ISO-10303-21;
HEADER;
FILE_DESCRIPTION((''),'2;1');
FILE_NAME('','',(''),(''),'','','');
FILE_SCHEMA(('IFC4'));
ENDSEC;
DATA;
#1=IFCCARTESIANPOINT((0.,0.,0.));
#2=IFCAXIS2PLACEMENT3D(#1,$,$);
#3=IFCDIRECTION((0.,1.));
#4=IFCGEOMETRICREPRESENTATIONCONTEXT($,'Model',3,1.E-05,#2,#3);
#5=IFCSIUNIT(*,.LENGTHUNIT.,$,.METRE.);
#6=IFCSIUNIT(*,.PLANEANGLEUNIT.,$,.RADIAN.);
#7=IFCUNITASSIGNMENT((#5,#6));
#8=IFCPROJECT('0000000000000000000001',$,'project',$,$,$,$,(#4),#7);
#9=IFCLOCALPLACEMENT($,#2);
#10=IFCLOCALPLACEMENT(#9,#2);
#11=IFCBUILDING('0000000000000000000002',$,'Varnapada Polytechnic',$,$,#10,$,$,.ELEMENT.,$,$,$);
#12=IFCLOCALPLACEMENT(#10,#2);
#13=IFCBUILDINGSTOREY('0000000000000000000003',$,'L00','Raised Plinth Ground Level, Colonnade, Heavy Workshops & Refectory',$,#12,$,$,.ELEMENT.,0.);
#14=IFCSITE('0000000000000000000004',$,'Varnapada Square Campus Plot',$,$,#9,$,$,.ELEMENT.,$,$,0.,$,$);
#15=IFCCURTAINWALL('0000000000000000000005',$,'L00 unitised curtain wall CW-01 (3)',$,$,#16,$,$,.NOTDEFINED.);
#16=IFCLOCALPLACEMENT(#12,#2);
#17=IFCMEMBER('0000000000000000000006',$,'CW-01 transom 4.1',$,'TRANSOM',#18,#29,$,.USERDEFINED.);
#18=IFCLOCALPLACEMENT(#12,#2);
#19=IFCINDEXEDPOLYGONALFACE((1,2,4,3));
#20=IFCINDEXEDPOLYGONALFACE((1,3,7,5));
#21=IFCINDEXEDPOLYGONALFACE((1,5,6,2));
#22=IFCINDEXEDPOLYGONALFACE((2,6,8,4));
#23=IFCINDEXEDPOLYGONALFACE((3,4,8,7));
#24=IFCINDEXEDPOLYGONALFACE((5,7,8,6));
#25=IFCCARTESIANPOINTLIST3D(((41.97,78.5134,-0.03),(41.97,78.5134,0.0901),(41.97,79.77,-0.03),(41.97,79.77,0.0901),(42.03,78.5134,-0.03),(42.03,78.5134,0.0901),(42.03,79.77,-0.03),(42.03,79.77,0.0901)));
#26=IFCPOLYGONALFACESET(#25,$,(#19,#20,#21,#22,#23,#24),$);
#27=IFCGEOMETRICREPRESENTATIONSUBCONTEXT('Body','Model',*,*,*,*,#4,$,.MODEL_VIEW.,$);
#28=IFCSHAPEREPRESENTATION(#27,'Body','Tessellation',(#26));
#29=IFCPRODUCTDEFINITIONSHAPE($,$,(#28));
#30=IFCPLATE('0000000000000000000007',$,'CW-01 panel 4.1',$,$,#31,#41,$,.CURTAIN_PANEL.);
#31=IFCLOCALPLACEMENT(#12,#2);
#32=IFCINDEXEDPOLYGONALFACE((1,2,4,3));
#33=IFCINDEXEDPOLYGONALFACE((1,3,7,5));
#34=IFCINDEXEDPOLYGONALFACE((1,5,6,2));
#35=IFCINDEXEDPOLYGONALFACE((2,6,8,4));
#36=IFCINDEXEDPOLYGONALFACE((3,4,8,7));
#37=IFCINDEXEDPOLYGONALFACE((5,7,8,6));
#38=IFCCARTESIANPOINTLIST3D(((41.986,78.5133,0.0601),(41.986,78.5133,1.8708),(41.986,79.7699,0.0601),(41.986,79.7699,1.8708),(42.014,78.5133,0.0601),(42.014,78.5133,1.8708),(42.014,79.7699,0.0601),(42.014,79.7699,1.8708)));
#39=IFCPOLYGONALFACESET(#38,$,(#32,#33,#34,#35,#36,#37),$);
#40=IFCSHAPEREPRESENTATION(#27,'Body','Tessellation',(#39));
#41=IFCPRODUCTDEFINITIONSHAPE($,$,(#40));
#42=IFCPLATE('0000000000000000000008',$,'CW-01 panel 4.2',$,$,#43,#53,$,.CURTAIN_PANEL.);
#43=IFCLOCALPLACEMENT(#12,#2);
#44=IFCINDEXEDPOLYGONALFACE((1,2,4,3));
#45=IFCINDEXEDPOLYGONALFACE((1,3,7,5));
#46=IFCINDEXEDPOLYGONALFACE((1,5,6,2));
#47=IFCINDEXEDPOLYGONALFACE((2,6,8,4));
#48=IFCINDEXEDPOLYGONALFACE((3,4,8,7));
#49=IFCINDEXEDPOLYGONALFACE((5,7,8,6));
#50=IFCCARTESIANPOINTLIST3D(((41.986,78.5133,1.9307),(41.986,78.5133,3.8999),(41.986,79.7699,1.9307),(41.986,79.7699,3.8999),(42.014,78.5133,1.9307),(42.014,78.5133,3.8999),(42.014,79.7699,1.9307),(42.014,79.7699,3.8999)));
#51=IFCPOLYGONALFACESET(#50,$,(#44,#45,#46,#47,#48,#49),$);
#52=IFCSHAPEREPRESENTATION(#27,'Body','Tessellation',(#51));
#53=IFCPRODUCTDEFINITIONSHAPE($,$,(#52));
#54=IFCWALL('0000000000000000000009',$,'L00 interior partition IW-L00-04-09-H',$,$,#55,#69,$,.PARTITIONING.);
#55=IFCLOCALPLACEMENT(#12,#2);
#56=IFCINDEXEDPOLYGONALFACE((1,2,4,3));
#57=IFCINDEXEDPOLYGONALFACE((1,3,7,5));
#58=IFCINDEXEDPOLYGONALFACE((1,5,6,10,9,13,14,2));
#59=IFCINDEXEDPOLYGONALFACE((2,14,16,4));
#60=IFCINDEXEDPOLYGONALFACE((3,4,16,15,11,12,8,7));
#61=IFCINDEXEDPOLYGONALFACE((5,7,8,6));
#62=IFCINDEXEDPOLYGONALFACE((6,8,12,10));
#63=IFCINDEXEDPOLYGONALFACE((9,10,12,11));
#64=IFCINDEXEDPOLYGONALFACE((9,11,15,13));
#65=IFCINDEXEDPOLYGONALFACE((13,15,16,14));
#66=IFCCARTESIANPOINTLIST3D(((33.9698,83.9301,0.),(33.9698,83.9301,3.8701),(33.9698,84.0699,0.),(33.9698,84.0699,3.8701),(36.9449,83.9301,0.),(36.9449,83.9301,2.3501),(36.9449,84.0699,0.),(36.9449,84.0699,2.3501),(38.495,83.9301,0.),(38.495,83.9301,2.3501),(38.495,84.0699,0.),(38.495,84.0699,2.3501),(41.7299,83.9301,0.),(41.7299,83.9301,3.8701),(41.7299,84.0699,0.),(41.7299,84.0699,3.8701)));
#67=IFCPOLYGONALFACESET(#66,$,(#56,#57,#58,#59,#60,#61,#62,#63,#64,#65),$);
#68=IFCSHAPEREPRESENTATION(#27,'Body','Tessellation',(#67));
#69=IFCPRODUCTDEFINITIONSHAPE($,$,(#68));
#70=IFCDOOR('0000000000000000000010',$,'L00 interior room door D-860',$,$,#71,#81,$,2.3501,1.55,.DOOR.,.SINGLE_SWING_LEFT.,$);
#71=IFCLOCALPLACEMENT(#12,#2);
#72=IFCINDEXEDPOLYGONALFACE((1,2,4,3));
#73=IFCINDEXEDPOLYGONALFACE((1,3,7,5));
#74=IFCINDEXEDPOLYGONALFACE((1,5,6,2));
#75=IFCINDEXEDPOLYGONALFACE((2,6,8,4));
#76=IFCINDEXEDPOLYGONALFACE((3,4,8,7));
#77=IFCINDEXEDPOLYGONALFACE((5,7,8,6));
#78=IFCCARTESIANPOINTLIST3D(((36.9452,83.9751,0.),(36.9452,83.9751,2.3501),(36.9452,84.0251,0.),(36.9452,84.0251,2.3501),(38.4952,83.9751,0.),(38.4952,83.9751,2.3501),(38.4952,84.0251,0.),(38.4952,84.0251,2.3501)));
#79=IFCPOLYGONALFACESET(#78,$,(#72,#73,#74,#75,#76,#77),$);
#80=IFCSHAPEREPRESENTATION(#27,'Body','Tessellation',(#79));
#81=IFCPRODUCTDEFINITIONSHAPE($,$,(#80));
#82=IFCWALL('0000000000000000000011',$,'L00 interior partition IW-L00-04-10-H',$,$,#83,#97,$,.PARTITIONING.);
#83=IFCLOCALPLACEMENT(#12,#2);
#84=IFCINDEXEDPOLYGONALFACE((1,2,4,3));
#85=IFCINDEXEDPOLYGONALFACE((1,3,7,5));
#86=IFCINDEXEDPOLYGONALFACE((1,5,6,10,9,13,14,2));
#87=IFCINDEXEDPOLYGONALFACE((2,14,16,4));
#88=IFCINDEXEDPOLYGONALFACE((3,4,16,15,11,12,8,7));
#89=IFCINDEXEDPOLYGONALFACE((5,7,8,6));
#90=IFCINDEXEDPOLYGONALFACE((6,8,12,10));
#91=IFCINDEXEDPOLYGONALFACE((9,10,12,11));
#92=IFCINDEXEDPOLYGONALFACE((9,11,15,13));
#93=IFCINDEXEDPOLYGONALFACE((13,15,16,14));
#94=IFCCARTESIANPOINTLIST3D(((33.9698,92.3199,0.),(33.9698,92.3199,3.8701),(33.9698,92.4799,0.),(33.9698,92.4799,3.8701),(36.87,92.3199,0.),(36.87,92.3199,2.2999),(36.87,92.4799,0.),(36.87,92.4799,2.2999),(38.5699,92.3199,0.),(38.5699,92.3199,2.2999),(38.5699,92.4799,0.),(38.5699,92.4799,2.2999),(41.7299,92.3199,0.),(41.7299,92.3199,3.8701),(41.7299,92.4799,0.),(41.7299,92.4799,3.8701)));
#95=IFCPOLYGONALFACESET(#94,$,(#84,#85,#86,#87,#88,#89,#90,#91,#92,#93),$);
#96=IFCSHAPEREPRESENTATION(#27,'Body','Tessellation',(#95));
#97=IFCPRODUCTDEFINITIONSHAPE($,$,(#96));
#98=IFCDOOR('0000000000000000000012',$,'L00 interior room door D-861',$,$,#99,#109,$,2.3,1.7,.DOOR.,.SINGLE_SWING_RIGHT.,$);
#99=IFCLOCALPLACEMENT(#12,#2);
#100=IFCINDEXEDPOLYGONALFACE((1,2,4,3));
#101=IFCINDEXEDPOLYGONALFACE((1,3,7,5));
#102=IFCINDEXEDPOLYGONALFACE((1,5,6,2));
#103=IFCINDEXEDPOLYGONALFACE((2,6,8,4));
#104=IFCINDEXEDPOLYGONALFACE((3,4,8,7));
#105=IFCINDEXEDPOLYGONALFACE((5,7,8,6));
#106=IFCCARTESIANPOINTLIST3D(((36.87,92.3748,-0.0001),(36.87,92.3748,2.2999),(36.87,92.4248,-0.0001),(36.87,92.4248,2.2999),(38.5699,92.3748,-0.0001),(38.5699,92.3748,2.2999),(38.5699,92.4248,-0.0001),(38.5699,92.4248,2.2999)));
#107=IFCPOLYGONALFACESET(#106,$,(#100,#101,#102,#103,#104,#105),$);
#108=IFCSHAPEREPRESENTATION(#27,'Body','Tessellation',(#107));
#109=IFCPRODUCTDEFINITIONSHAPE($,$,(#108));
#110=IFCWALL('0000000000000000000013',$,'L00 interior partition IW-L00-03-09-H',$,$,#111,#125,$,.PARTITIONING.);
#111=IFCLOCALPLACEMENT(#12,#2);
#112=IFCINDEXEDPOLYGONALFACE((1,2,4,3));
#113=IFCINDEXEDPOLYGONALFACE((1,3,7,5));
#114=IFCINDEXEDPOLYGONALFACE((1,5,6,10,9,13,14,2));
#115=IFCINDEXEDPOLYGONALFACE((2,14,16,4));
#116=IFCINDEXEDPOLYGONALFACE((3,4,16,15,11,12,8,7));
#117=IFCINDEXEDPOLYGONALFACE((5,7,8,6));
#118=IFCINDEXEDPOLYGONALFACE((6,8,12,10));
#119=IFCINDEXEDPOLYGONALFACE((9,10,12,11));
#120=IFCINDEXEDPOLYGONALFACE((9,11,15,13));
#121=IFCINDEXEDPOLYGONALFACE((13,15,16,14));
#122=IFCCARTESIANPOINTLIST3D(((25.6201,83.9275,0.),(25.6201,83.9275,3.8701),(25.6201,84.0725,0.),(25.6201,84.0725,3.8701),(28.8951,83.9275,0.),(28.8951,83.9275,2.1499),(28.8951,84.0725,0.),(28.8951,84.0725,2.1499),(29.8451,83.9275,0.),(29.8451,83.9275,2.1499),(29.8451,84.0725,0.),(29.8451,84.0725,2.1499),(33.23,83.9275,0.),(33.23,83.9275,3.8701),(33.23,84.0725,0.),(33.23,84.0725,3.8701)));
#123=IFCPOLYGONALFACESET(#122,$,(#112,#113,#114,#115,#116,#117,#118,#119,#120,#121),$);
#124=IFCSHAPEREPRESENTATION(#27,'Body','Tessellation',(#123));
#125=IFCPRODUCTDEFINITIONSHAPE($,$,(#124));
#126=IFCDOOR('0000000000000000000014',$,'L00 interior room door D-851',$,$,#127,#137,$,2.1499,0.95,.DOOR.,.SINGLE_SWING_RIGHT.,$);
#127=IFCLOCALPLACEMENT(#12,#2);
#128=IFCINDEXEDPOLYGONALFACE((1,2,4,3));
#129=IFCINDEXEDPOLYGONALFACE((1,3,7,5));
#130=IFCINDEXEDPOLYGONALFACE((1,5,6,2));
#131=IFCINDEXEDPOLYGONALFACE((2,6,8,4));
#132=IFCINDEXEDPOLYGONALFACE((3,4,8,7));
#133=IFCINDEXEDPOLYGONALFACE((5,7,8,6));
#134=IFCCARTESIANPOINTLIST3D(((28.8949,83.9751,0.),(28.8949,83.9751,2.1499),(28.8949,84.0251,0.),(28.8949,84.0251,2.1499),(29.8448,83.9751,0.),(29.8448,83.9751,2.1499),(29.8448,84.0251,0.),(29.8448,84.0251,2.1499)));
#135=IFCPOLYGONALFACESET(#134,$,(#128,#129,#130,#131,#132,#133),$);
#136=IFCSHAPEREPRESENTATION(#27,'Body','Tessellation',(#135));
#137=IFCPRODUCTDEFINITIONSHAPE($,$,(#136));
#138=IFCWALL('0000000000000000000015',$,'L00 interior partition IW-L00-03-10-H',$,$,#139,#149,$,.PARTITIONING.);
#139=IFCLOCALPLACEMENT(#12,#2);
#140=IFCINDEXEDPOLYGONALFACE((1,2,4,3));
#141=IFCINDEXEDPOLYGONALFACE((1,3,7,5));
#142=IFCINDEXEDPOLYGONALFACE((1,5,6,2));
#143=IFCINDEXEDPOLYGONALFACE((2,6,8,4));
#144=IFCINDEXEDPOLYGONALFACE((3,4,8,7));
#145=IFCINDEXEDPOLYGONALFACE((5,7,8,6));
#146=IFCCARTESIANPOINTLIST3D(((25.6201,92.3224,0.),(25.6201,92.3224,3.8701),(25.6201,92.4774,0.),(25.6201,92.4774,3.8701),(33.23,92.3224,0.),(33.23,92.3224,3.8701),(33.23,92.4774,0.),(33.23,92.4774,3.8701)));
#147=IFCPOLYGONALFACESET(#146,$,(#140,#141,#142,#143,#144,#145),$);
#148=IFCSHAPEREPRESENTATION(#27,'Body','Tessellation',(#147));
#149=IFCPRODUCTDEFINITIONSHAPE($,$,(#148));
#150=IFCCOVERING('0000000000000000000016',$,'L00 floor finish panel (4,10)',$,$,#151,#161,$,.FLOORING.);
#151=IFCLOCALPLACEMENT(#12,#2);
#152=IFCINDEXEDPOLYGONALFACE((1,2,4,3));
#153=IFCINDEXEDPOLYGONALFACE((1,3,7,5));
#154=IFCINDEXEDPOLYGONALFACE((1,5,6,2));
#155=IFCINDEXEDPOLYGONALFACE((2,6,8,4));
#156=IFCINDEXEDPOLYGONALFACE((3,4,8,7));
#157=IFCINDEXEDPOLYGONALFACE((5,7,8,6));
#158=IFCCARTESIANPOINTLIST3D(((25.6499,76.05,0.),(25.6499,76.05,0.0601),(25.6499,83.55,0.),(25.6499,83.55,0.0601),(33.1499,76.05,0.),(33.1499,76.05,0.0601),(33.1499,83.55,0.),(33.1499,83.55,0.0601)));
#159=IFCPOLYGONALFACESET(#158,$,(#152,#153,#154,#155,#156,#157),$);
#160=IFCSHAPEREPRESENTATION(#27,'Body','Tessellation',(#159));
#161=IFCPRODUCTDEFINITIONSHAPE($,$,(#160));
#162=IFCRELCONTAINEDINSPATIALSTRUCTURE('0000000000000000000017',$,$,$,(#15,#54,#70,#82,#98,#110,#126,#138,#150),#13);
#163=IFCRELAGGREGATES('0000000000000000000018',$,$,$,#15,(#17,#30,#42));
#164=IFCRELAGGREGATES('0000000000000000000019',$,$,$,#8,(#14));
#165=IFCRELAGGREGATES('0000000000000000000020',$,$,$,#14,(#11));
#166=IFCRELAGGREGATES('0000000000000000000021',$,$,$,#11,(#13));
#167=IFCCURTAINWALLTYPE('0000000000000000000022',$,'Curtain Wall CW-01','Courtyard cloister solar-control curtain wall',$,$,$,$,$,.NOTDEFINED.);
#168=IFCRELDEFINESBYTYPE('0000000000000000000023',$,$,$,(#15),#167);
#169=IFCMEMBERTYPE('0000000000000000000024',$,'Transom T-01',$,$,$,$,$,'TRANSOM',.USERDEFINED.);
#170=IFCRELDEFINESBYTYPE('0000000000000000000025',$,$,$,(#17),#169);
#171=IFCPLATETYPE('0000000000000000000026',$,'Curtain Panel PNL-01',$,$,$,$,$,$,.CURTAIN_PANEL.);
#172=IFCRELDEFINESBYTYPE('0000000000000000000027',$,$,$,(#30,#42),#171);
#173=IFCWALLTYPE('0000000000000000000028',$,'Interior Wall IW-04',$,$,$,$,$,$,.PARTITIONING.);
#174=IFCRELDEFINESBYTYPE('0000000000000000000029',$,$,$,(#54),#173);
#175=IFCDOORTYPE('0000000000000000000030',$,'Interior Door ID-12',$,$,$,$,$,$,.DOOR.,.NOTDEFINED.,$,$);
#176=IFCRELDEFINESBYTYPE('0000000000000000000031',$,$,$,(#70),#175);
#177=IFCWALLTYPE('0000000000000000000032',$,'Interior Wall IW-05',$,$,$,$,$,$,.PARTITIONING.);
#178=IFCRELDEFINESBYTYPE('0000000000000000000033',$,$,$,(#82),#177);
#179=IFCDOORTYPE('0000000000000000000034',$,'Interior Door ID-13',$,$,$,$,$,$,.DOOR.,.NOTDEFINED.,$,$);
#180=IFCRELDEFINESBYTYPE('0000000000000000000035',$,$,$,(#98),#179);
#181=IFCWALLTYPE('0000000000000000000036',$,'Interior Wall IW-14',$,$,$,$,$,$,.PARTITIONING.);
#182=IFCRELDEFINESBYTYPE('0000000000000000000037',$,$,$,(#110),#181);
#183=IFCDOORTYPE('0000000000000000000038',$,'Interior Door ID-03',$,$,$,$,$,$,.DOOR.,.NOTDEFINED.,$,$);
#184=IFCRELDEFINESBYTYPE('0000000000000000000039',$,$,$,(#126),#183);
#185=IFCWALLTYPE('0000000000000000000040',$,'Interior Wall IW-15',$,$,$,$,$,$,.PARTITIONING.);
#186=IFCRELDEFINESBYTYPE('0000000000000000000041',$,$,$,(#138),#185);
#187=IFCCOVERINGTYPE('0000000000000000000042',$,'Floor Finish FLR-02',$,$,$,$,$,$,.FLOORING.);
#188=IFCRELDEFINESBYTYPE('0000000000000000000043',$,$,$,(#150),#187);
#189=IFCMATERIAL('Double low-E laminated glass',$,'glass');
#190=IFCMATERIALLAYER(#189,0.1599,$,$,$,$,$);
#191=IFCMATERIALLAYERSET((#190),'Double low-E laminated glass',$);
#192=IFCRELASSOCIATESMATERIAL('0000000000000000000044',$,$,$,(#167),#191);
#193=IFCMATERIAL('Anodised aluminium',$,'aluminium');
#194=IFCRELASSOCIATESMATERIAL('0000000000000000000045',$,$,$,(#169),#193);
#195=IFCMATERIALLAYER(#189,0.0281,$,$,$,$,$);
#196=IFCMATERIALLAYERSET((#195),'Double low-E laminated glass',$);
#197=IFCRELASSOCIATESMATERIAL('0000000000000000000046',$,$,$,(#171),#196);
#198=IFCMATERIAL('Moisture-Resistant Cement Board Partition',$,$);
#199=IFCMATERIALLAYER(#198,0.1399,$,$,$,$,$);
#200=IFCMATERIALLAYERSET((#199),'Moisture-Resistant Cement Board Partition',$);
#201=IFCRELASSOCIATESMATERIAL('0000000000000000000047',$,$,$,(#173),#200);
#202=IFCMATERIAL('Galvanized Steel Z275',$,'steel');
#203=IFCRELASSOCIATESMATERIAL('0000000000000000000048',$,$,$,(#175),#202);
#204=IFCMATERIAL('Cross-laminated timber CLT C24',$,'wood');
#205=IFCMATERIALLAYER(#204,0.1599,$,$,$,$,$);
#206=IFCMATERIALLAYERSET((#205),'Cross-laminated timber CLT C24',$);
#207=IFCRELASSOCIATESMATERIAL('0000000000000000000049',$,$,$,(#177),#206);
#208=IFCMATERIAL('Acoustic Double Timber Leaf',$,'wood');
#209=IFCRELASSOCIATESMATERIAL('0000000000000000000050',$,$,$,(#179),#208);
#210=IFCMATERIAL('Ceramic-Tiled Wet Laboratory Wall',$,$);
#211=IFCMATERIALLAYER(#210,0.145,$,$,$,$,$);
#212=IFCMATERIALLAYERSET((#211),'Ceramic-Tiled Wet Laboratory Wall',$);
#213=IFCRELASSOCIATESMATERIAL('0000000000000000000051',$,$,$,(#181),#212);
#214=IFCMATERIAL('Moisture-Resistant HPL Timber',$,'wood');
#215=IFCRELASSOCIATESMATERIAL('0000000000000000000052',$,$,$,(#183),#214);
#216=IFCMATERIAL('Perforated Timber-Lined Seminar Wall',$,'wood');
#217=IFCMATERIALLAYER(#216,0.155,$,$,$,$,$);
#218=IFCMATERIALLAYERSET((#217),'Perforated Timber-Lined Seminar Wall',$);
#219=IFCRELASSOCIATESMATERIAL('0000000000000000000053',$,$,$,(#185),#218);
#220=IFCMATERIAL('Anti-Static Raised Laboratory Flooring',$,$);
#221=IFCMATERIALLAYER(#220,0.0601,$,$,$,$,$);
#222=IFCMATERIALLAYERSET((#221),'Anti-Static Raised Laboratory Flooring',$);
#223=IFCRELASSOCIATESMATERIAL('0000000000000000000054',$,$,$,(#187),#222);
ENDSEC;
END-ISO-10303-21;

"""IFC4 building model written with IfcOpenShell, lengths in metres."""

from ifc_helpers import new_model, si_unit, direction, frame, frame_2d, origin, origin_2d, place, context, subcontext, project, spatial, rectangle, extrude, material, layer, layer_set, material_profile, profile_set, type_object, element, fill, aggregate, save


model = new_model("IFC4")

# Units and contexts
model_context = context("Model", 3, precision=1e-05, world=origin(), true_north=direction((0.0, 1.0)))
body_context = subcontext(model_context, "Body", "Model", "MODEL_VIEW")
ifc_project = project(units=[si_unit("LENGTHUNIT", "METRE"), si_unit("PLANEANGLEUNIT", "RADIAN")], contexts=[model_context])

# Site, building, storey
site_placement = place(None, origin())
site = spatial("IfcSite", under=ifc_project, at=site_placement, Name="Varnapada Square Campus Plot", CompositionType="ELEMENT", RefElevation=0.0)
building_placement = place(site_placement, origin())
building = spatial("IfcBuilding", under=site, at=building_placement, Name="Varnapada Polytechnic", CompositionType="ELEMENT")
storey_placement = place(building_placement, origin())
storey = spatial("IfcBuildingStorey", under=building, at=storey_placement, Name="L00", Description="Raised Plinth Ground Level, Colonnade, Heavy Workshops & Refectory", CompositionType="ELEMENT", Elevation=0.0)

# Curtain wall, member, plates
ifc_material_1 = material(Name="Double low-E laminated glass", Category="glass")
ifc_layer_1 = layer(ifc_material_1, 0.1599)
ifc_layer_set_1 = layer_set([ifc_layer_1], Name="Double low-E laminated glass")
curtain_wall_type = type_object("IfcCurtainWallType", Name="Curtain Wall CW-01", Description="Courtyard cloister solar-control curtain wall", PredefinedType="NOTDEFINED", material=ifc_layer_set_1)
curtain_wall_placement = place(storey_placement, origin())
curtain_wall = element("IfcCurtainWall", 1, at=curtain_wall_placement, inside=storey, type_object=curtain_wall_type, Name="L00 unitised curtain wall CW-01 (3)", PredefinedType="NOTDEFINED")
ifc_material_2 = material(Name="Anodised aluminium", Category="aluminium")
ifc_material_profile_1 = material_profile(ifc_material_2, rectangle(XDim=0.0601, YDim=0.1201, at=origin_2d()), Name="ALU T60x120")
ifc_profile_set_1 = profile_set([ifc_material_profile_1], Name="Anodised aluminium")
member_type = type_object("IfcMemberType", Name="Transom T-01", ElementType="TRANSOM", PredefinedType="USERDEFINED", material=ifc_profile_set_1)
member_placement = place(storey_placement, frame((42.0, 79.77, 0.03), z_axis=(0.0, -1.0, 0.0), x_axis=(1.0, 0.0, 0.0)))
member = element("IfcMember", 2, at=member_placement, type_object=member_type, Name="CW-01 transom 4.1", ObjectType="TRANSOM", PredefinedType="USERDEFINED", context=body_context, shape_type="SweptSolid", body=[
    extrude(rectangle(XDim=0.0601, YDim=0.1201, at=origin_2d()), origin(), (0.0, 0.0, 1.0), 1.2566),
])
ifc_layer_2 = layer(ifc_material_1, 0.0281)
ifc_layer_set_2 = layer_set([ifc_layer_2], Name="Double low-E laminated glass")
plate_type = type_object("IfcPlateType", Name="Curtain Panel PNL-01", PredefinedType="CURTAIN_PANEL", material=ifc_layer_set_2)
plate_1_placement = place(storey_placement, frame((42.0, 79.1416, 0.0601), z_axis=(0.0, 0.0, 1.0), x_axis=(0.0, -1.0, 0.0)))
plate_1 = element("IfcPlate", 3, at=plate_1_placement, type_object=plate_type, Name="CW-01 panel 4.1", PredefinedType="CURTAIN_PANEL", context=body_context, shape_type="SweptSolid", body=[
    extrude(rectangle(XDim=1.2566, YDim=0.0281, at=origin_2d()), origin(), (0.0, 0.0, 1.0), 1.8108),
])
plate_2_placement = place(storey_placement, frame((42.0, 79.1416, 1.9307), z_axis=(0.0, 0.0, 1.0), x_axis=(0.0, -1.0, 0.0)))
plate_2 = element("IfcPlate", 4, at=plate_2_placement, type_object=plate_type, Name="CW-01 panel 4.2", PredefinedType="CURTAIN_PANEL", context=body_context, shape_type="SweptSolid", body=[
    extrude(rectangle(XDim=1.2566, YDim=0.0281, at=origin_2d()), origin(), (0.0, 0.0, 1.0), 1.9692),
])
aggregate(curtain_wall, [member, plate_1, plate_2])

# Walls, openings, doors
ifc_material_3 = material(Name="Moisture-Resistant Cement Board Partition")
ifc_layer_3 = layer(ifc_material_3, 0.1399)
ifc_layer_set_3 = layer_set([ifc_layer_3], Name="Moisture-Resistant Cement Board Partition")
wall_type_1 = type_object("IfcWallType", Name="Interior Wall IW-04", PredefinedType="PARTITIONING", material=ifc_layer_set_3)
wall_1_placement = place(storey_placement, frame((33.97, 84.0, 0.0), z_axis=(0.0, 0.0, 1.0), x_axis=(1.0, 0.0, 0.0)))
wall_1 = element("IfcWall", 5, at=wall_1_placement, inside=storey, type_object=wall_type_1, Name="L00 interior partition IW-L00-04-09-H", PredefinedType="PARTITIONING", context=body_context, shape_type="SweptSolid", body=[
    extrude(rectangle(XDim=7.76, YDim=0.1399, at=frame_2d((3.8799, 0.0))), origin(), (0.0, 0.0, 1.0), 3.8701),
])
opening_1_placement = place(wall_1_placement, frame((2.9751, 0.0, 0.0)))
opening_1 = element("IfcOpeningElement", 6, at=opening_1_placement, cuts=wall_1, PredefinedType="OPENING", context=body_context, shape_type="SweptSolid", body=[
    extrude(rectangle(XDim=1.55, YDim=2.3501, at=frame_2d((0.7749, 1.175))), frame((0.0, 0.0798, 0.0), z_axis=(0.0, -1.0, 0.0), x_axis=(1.0, 0.0, 0.0)), (0.0, 0.0, 1.0), 0.1599),
])
ifc_material_4 = material(Name="Galvanized Steel Z275", Category="steel")
door_type_1 = type_object("IfcDoorType", Name="Interior Door ID-12", OperationType="NOTDEFINED", PredefinedType="DOOR", material=ifc_material_4)
door_1_placement = place(opening_1_placement, frame((1.55, 0.0, 0.0), z_axis=(0.0, 0.0, 1.0), x_axis=(-1.0, 0.0, 0.0)))
door_1 = element("IfcDoor", 7, at=door_1_placement, inside=storey, type_object=door_type_1, Name="L00 interior room door D-860", OperationType="SINGLE_SWING_LEFT", OverallHeight=2.3501, OverallWidth=1.55, PredefinedType="DOOR", context=body_context, shape_type="SweptSolid", body=[
    extrude(rectangle(XDim=1.55, YDim=2.3501, at=frame_2d((0.7749, 1.175))), frame((0.0, 0.0249, 0.0), z_axis=(0.0, -1.0, 0.0), x_axis=(1.0, 0.0, 0.0)), (0.0, 0.0, 1.0), 0.05),
])
fill(opening_1, door_1)
ifc_material_5 = material(Name="Cross-laminated timber CLT C24", Category="wood")
ifc_layer_4 = layer(ifc_material_5, 0.1599)
ifc_layer_set_4 = layer_set([ifc_layer_4], Name="Cross-laminated timber CLT C24")
wall_type_2 = type_object("IfcWallType", Name="Interior Wall IW-05", PredefinedType="PARTITIONING", material=ifc_layer_set_4)
wall_2_placement = place(storey_placement, frame((33.97, 92.3999, 0.0), z_axis=(0.0, 0.0, 1.0), x_axis=(1.0, 0.0, 0.0)))
wall_2 = element("IfcWall", 8, at=wall_2_placement, inside=storey, type_object=wall_type_2, Name="L00 interior partition IW-L00-04-10-H", PredefinedType="PARTITIONING", context=body_context, shape_type="SweptSolid", body=[
    extrude(rectangle(XDim=7.76, YDim=0.1599, at=frame_2d((3.8799, 0.0))), origin(), (0.0, 0.0, 1.0), 3.8701),
])
opening_2_placement = place(wall_2_placement, frame((2.8999, 0.0, 0.0)))
opening_2 = element("IfcOpeningElement", 9, at=opening_2_placement, cuts=wall_2, PredefinedType="OPENING", context=body_context, shape_type="SweptSolid", body=[
    extrude(rectangle(XDim=1.7, YDim=2.3, at=frame_2d((0.8501, 1.1499))), frame((0.0, 0.0898, 0.0), z_axis=(0.0, -1.0, 0.0), x_axis=(1.0, 0.0, 0.0)), (0.0, 0.0, 1.0), 0.1799),
])
ifc_material_6 = material(Name="Acoustic Double Timber Leaf", Category="wood")
door_type_2 = type_object("IfcDoorType", Name="Interior Door ID-13", OperationType="NOTDEFINED", PredefinedType="DOOR", material=ifc_material_6)
door_2_placement = place(opening_2_placement, origin())
door_2 = element("IfcDoor", 10, at=door_2_placement, inside=storey, type_object=door_type_2, Name="L00 interior room door D-861", OperationType="SINGLE_SWING_RIGHT", OverallHeight=2.3, OverallWidth=1.7, PredefinedType="DOOR", context=body_context, shape_type="SweptSolid", body=[
    extrude(rectangle(XDim=1.7, YDim=2.3, at=frame_2d((0.8501, 1.1499))), frame((0.0, 0.0249, 0.0), z_axis=(0.0, -1.0, 0.0), x_axis=(1.0, 0.0, 0.0)), (0.0, 0.0, 1.0), 0.05),
])
fill(opening_2, door_2)
ifc_material_7 = material(Name="Ceramic-Tiled Wet Laboratory Wall")
ifc_layer_5 = layer(ifc_material_7, 0.145)
ifc_layer_set_5 = layer_set([ifc_layer_5], Name="Ceramic-Tiled Wet Laboratory Wall")
wall_type_3 = type_object("IfcWallType", Name="Interior Wall IW-14", PredefinedType="PARTITIONING", material=ifc_layer_set_5)
wall_3_placement = place(storey_placement, frame((25.6201, 84.0, 0.0), z_axis=(0.0, 0.0, 1.0), x_axis=(1.0, 0.0, 0.0)))
wall_3 = element("IfcWall", 11, at=wall_3_placement, inside=storey, type_object=wall_type_3, Name="L00 interior partition IW-L00-03-09-H", PredefinedType="PARTITIONING", context=body_context, shape_type="SweptSolid", body=[
    extrude(rectangle(XDim=7.6099, YDim=0.145, at=frame_2d((3.8049, 0.0))), origin(), (0.0, 0.0, 1.0), 3.8701),
])
opening_3_placement = place(wall_3_placement, frame((3.2749, 0.0, 0.0)))
opening_3 = element("IfcOpeningElement", 12, at=opening_3_placement, cuts=wall_3, PredefinedType="OPENING", context=body_context, shape_type="SweptSolid", body=[
    extrude(rectangle(XDim=0.95, YDim=2.1499, at=frame_2d((0.4751, 1.075))), frame((0.0, 0.0825, 0.0), z_axis=(0.0, -1.0, 0.0), x_axis=(1.0, 0.0, 0.0)), (0.0, 0.0, 1.0), 0.165),
])
ifc_material_8 = material(Name="Moisture-Resistant HPL Timber", Category="wood")
door_type_3 = type_object("IfcDoorType", Name="Interior Door ID-03", OperationType="NOTDEFINED", PredefinedType="DOOR", material=ifc_material_8)
door_3_placement = place(opening_3_placement, frame((0.95, 0.0, 0.0), z_axis=(0.0, 0.0, 1.0), x_axis=(-1.0, 0.0, 0.0)))
door_3 = element("IfcDoor", 13, at=door_3_placement, inside=storey, type_object=door_type_3, Name="L00 interior room door D-851", OperationType="SINGLE_SWING_RIGHT", OverallHeight=2.1499, OverallWidth=0.95, PredefinedType="DOOR", context=body_context, shape_type="SweptSolid", body=[
    extrude(rectangle(XDim=0.95, YDim=2.1499, at=frame_2d((0.4751, 1.075))), frame((0.0, 0.0249, 0.0), z_axis=(0.0, -1.0, 0.0), x_axis=(1.0, 0.0, 0.0)), (0.0, 0.0, 1.0), 0.05),
])
fill(opening_3, door_3)

# Wall
ifc_material_9 = material(Name="Perforated Timber-Lined Seminar Wall", Category="wood")
ifc_layer_6 = layer(ifc_material_9, 0.155)
ifc_layer_set_6 = layer_set([ifc_layer_6], Name="Perforated Timber-Lined Seminar Wall")
wall_type_4 = type_object("IfcWallType", Name="Interior Wall IW-15", PredefinedType="PARTITIONING", material=ifc_layer_set_6)
wall_4_placement = place(storey_placement, frame((25.6201, 92.3999, 0.0), z_axis=(0.0, 0.0, 1.0), x_axis=(1.0, 0.0, 0.0)))
element("IfcWall", 14, at=wall_4_placement, inside=storey, type_object=wall_type_4, Name="L00 interior partition IW-L00-03-10-H", PredefinedType="PARTITIONING", context=body_context, shape_type="SweptSolid", body=[
    extrude(rectangle(XDim=7.6099, YDim=0.155, at=frame_2d((3.8049, 0.0))), origin(), (0.0, 0.0, 1.0), 3.8701),
])

# Covering
ifc_material_10 = material(Name="Anti-Static Raised Laboratory Flooring")
ifc_layer_7 = layer(ifc_material_10, 0.0601)
ifc_layer_set_7 = layer_set([ifc_layer_7], Name="Anti-Static Raised Laboratory Flooring")
covering_type_1 = type_object("IfcCoveringType", Name="Floor Finish FLR-02", PredefinedType="FLOORING", material=ifc_layer_set_7)
covering_1_placement = place(storey_placement, frame((29.3999, 79.8, 0.0), z_axis=(0.0, 0.0, 1.0), x_axis=(1.0, 0.0, 0.0)))
element("IfcCovering", 15, at=covering_1_placement, inside=storey, type_object=covering_type_1, Name="L00 floor finish panel (4,10)", PredefinedType="FLOORING", context=body_context, shape_type="SweptSolid", body=[
    extrude(rectangle(XDim=7.5, YDim=7.5, at=origin_2d()), origin(), (0.0, 0.0, 1.0), 0.0601),
])

save(model, "model.ifc")
